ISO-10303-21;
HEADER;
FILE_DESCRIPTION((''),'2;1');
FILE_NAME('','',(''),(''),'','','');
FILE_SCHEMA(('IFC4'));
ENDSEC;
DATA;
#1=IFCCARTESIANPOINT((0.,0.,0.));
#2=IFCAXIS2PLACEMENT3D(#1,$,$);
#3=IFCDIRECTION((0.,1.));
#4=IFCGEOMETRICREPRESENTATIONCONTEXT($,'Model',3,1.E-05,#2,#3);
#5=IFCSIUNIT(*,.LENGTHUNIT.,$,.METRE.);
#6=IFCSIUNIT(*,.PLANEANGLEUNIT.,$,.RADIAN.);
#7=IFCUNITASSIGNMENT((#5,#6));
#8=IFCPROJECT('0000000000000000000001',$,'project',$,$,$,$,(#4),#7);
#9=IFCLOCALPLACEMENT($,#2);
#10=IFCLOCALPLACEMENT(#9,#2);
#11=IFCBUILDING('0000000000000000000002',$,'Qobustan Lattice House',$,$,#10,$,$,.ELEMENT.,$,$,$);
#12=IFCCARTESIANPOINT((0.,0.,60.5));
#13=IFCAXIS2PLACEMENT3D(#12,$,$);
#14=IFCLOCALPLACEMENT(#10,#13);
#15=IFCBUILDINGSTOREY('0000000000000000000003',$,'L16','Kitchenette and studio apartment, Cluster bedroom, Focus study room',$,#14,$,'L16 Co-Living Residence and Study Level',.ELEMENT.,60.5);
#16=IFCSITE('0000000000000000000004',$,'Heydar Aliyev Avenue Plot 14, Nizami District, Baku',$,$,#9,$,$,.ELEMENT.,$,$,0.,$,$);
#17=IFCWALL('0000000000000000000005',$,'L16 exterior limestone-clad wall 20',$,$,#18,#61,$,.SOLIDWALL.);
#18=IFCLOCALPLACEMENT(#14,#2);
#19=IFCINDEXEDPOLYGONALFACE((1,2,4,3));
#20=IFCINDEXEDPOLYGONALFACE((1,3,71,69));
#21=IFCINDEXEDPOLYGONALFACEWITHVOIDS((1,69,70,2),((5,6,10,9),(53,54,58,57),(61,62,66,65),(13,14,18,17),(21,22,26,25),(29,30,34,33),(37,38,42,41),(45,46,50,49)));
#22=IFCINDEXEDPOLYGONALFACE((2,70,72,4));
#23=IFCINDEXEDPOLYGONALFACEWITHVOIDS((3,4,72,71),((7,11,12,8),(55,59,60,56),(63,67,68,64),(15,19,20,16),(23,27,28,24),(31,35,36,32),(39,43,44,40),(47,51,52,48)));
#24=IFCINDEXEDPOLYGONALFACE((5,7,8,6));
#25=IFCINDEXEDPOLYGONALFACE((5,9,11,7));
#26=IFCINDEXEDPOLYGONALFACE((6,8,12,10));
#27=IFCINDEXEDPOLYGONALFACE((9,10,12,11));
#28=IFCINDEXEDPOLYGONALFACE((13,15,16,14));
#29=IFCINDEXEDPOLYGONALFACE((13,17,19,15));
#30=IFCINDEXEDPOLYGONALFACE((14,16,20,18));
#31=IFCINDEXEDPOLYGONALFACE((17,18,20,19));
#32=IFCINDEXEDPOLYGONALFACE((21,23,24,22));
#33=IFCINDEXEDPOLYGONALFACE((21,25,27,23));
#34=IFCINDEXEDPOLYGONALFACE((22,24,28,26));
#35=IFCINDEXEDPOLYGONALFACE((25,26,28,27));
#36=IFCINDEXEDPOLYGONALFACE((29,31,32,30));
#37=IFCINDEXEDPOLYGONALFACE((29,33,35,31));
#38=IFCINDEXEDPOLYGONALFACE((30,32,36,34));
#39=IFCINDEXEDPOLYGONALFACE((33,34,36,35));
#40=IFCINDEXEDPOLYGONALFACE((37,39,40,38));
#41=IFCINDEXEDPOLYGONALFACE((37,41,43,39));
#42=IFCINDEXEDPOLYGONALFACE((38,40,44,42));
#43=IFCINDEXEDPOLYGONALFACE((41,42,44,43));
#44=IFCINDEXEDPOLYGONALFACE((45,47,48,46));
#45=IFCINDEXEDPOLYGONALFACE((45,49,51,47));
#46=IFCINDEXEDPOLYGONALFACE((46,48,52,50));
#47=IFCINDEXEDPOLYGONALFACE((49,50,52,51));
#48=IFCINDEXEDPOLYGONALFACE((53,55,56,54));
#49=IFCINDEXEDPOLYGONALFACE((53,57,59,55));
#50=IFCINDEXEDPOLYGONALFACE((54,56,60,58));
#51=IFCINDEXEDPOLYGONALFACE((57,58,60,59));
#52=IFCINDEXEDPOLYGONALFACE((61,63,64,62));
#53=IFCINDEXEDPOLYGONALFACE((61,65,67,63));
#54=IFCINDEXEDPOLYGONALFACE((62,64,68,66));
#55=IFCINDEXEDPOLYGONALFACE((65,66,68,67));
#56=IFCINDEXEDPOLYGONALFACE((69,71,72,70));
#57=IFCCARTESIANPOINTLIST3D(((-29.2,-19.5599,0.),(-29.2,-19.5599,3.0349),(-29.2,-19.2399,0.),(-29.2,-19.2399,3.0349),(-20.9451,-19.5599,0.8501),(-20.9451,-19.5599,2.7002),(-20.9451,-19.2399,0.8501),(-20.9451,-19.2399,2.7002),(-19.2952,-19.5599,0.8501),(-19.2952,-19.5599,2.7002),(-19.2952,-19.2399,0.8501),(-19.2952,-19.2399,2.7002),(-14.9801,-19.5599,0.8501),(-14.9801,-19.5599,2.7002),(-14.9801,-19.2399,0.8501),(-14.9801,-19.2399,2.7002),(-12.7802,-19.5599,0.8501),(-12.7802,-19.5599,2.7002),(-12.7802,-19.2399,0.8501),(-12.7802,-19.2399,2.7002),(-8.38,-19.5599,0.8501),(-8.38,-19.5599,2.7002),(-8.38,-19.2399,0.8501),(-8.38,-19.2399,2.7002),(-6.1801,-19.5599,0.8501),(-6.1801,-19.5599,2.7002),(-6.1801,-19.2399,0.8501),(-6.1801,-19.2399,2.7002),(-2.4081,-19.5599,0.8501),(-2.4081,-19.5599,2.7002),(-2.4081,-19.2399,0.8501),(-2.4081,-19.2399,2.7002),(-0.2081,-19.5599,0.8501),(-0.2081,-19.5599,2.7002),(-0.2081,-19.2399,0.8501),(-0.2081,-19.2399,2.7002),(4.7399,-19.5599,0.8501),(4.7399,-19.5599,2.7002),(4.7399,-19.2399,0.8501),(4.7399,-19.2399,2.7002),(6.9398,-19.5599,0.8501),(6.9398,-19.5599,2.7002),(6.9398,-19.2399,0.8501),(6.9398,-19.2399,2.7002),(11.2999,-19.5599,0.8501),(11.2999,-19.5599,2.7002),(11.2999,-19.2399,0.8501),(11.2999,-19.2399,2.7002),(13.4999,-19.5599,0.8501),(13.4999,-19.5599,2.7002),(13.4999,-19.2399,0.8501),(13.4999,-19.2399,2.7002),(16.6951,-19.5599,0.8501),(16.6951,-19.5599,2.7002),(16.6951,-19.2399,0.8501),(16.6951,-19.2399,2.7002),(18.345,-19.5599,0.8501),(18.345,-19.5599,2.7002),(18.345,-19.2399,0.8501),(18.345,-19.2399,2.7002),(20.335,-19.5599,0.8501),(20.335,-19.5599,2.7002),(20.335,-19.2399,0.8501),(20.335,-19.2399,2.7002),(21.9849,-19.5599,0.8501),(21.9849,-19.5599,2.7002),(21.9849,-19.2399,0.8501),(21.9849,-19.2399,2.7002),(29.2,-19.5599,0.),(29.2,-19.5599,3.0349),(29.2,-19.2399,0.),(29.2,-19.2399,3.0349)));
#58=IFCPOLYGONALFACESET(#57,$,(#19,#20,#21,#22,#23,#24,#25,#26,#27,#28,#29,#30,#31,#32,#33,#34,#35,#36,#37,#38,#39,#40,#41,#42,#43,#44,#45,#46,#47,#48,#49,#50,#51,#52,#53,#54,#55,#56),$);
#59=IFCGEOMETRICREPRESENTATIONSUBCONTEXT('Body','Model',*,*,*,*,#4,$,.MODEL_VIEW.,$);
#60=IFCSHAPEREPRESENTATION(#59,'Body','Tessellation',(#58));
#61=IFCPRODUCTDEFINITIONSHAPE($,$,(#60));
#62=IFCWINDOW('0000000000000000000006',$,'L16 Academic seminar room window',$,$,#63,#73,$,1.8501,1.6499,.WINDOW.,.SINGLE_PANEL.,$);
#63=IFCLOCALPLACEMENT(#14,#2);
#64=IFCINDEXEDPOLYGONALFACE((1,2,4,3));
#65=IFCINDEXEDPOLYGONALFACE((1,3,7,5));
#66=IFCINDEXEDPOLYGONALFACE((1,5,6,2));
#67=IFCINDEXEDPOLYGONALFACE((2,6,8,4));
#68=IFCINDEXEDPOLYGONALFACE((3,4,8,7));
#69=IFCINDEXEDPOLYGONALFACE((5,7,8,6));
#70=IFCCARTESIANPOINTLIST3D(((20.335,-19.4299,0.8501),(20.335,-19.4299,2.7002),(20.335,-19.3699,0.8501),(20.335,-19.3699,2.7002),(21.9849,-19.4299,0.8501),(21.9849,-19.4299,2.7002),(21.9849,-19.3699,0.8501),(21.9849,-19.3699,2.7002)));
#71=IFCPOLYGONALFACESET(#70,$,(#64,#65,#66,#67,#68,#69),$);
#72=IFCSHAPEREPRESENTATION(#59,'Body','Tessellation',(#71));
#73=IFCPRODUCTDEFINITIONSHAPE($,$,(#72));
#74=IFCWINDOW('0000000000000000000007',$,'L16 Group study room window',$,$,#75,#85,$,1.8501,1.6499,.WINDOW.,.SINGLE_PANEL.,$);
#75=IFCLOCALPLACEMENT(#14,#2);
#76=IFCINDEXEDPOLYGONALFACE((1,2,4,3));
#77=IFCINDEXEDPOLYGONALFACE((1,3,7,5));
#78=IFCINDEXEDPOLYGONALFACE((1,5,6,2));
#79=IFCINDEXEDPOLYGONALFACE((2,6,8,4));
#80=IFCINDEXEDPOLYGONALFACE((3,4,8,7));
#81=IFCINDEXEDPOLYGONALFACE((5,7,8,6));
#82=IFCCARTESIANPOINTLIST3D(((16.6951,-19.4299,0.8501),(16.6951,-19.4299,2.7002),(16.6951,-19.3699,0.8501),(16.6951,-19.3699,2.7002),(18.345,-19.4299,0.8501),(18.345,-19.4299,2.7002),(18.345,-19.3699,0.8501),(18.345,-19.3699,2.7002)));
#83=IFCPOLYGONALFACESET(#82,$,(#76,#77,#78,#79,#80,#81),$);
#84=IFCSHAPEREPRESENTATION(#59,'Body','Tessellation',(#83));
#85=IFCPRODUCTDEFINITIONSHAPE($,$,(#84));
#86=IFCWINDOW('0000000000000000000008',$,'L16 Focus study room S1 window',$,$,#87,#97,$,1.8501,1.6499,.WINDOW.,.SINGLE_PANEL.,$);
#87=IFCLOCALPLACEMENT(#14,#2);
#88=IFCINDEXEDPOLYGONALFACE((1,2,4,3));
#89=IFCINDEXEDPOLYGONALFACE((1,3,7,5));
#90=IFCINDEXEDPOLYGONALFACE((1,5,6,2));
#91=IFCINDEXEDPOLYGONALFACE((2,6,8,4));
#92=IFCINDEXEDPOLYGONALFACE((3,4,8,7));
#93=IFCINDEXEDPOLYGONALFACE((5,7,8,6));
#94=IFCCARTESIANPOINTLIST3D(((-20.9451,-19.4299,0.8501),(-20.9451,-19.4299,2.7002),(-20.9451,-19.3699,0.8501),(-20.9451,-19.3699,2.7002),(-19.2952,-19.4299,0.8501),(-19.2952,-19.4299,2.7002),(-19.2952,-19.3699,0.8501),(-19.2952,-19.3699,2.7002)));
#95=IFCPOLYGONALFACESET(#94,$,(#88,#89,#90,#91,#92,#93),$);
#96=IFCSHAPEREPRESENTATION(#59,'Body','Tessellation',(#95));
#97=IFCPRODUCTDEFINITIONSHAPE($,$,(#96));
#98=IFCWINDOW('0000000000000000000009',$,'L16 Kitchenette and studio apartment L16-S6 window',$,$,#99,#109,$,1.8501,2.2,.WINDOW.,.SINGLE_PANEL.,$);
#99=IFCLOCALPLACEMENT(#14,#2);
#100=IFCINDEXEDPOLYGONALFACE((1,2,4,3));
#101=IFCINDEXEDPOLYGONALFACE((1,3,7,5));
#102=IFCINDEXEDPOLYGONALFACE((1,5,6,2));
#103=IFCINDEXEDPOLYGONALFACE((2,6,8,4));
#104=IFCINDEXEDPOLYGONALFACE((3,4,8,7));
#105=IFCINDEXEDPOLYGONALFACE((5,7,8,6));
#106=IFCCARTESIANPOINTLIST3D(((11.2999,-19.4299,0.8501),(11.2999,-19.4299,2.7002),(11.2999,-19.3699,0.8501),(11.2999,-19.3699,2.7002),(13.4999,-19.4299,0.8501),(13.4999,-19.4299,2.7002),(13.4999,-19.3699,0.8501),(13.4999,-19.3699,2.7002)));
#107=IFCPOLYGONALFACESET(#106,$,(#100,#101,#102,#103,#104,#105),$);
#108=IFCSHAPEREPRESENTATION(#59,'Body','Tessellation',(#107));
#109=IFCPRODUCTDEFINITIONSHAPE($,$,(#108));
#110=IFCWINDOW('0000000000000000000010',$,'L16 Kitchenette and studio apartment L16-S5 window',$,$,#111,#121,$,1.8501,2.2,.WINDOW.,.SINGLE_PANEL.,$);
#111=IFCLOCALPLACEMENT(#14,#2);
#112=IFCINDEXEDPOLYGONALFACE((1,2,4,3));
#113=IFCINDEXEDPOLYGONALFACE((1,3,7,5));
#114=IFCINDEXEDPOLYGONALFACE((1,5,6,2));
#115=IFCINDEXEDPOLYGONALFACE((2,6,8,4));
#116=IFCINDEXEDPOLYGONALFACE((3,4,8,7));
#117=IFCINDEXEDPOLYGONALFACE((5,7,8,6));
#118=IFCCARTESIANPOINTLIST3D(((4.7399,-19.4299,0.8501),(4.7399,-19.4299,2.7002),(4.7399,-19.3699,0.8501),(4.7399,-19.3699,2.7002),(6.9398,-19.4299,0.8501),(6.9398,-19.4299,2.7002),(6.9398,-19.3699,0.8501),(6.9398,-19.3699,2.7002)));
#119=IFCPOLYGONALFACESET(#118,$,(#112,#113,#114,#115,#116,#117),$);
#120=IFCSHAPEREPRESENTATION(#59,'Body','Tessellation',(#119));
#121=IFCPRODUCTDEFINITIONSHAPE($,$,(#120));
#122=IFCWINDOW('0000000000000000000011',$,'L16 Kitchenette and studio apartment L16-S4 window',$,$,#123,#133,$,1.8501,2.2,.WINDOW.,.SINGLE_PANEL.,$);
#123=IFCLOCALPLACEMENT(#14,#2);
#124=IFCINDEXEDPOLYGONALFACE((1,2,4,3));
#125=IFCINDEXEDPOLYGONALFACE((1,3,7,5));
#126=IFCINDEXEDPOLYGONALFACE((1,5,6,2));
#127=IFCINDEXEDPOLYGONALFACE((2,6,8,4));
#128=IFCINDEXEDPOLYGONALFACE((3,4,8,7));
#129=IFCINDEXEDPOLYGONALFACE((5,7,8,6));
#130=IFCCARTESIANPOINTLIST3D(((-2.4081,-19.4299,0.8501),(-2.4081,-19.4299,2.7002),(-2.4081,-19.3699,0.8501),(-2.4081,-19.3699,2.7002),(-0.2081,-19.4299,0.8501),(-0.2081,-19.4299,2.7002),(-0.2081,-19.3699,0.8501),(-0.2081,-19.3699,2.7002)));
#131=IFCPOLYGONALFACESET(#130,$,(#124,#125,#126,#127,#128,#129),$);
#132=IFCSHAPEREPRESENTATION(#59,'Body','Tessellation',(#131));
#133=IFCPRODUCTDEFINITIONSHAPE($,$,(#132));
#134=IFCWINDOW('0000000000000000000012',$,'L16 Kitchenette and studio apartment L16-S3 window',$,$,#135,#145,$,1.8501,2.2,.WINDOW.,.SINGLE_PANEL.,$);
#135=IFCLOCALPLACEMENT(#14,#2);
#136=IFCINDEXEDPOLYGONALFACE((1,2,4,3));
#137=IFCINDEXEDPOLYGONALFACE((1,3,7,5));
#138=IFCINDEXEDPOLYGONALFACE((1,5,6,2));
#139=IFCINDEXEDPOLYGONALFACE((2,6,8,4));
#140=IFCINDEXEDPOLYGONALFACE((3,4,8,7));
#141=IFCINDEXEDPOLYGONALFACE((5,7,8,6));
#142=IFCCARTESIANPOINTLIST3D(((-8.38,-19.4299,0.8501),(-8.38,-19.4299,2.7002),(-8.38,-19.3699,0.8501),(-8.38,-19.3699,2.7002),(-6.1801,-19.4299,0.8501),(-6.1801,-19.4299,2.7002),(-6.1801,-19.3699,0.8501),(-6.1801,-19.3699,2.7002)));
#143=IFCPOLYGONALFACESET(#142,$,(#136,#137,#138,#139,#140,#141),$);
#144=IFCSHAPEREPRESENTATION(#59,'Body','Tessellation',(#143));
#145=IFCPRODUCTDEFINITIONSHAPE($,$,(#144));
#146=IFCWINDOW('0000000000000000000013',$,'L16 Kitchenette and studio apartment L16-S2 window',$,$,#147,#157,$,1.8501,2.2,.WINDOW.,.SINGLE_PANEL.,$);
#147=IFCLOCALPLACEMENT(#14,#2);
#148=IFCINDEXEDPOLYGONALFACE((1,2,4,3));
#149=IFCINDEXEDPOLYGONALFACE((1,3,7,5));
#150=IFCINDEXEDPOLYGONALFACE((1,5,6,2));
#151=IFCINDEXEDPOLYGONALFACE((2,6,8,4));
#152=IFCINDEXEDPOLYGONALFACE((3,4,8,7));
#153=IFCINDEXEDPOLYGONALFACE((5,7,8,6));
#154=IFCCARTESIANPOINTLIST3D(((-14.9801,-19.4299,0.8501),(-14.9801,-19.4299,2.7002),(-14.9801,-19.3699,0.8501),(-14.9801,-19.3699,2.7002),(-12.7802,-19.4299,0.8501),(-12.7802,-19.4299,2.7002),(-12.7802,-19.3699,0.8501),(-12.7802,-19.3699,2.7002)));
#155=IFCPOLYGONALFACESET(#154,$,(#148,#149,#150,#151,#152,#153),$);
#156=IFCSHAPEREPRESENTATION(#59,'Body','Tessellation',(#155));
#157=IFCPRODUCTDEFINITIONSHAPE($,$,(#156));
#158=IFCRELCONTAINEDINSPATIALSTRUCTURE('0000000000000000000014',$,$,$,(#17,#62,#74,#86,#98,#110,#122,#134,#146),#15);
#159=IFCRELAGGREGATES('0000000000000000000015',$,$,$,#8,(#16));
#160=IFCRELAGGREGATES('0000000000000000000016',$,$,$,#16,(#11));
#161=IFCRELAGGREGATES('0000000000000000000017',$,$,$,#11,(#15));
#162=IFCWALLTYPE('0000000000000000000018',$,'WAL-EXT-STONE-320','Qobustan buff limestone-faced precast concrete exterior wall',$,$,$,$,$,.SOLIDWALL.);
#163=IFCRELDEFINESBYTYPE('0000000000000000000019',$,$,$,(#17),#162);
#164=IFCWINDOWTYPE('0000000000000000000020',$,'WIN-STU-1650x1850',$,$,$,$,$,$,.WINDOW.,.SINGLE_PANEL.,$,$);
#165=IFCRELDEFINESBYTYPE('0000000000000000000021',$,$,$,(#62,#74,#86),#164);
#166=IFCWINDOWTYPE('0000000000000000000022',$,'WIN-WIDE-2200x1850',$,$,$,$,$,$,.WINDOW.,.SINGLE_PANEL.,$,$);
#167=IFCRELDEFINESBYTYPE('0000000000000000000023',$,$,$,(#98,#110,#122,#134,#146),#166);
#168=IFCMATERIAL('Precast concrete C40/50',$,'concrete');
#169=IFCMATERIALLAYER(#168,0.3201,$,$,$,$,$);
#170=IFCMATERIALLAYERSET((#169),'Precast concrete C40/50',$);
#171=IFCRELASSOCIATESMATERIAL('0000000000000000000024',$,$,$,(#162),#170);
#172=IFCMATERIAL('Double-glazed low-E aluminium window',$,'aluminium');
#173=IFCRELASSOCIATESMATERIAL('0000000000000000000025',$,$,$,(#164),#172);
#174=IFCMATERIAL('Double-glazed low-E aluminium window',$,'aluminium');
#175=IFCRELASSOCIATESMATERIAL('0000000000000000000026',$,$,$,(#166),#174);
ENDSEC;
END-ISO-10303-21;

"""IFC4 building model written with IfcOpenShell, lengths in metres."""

from ifc_helpers import new_model, si_unit, direction, frame, frame_2d, origin, place, context, subcontext, project, spatial, rectangle, extrude, material, layer, layer_set, type_object, element, fill, save


model = new_model("IFC4")

# Units and contexts
model_context = context("Model", 3, precision=1e-05, world=origin(), true_north=direction((0.0, 1.0)))
body_context = subcontext(model_context, "Body", "Model", "MODEL_VIEW")
ifc_project = project(units=[si_unit("LENGTHUNIT", "METRE"), si_unit("PLANEANGLEUNIT", "RADIAN")], contexts=[model_context])

# Site, building, storey
site_placement = place(None, origin())
site = spatial("IfcSite", under=ifc_project, at=site_placement, Name="Heydar Aliyev Avenue Plot 14, Nizami District, Baku", CompositionType="ELEMENT", RefElevation=0.0)
building_placement = place(site_placement, origin())
building = spatial("IfcBuilding", under=site, at=building_placement, Name="Qobustan Lattice House", CompositionType="ELEMENT")
storey_placement = place(building_placement, frame((0.0, 0.0, 60.5)))
storey = spatial("IfcBuildingStorey", under=building, at=storey_placement, Name="L16", Description="Kitchenette and studio apartment, Cluster bedroom, Focus study room", LongName="L16 Co-Living Residence and Study Level", CompositionType="ELEMENT", Elevation=60.5)

# Shared definitions
ifc_material_1 = material(Name="Precast concrete C40/50", Category="concrete")
ifc_layer_1 = layer(ifc_material_1, 0.3201)
ifc_layer_set_1 = layer_set([ifc_layer_1], Name="Precast concrete C40/50")
wall_type = type_object("IfcWallType", Name="WAL-EXT-STONE-320", Description="Qobustan buff limestone-faced precast concrete exterior wall", PredefinedType="SOLIDWALL", material=ifc_layer_set_1)

# Wall, openings, windows
wall_1_placement = place(storey_placement, frame((29.2, -19.3999, 0.0), z_axis=(0.0, 0.0, 1.0), x_axis=(-1.0, 0.0, 0.0)))
wall_1 = element("IfcWall", 1, at=wall_1_placement, inside=storey, type_object=wall_type, Name="L16 exterior limestone-clad wall 20", PredefinedType="SOLIDWALL", context=body_context, shape_type="SweptSolid", body=[
    extrude(rectangle(XDim=58.3999, YDim=0.3201, at=frame_2d((29.2, 0.0))), origin(), (0.0, 0.0, 1.0), 3.0349),
])
opening_1_placement = place(wall_1_placement, frame((7.2151, 0.0, 0.8501)))
opening_1 = element("IfcOpeningElement", 2, at=opening_1_placement, cuts=wall_1, PredefinedType="OPENING", context=body_context, shape_type="SweptSolid", body=[
    extrude(rectangle(XDim=1.6499, YDim=1.8501, at=frame_2d((0.825, 0.925))), frame((0.0, 0.1699, 0.0), z_axis=(0.0, -1.0, 0.0), x_axis=(1.0, 0.0, 0.0)), (0.0, 0.0, 1.0), 0.3401),
])
opening_2_placement = place(wall_1_placement, frame((10.855, 0.0, 0.8501)))
opening_2 = element("IfcOpeningElement", 3, at=opening_2_placement, cuts=wall_1, PredefinedType="OPENING", context=body_context, shape_type="SweptSolid", body=[
    extrude(rectangle(XDim=1.6499, YDim=1.8501, at=frame_2d((0.825, 0.925))), frame((0.0, 0.1699, 0.0), z_axis=(0.0, -1.0, 0.0), x_axis=(1.0, 0.0, 0.0)), (0.0, 0.0, 1.0), 0.3401),
])
opening_3_placement = place(wall_1_placement, frame((15.7, 0.0, 0.8501)))
opening_3 = element("IfcOpeningElement", 4, at=opening_3_placement, cuts=wall_1, PredefinedType="OPENING", context=body_context, shape_type="SweptSolid", body=[
    extrude(rectangle(XDim=2.2, YDim=1.8501, at=frame_2d((1.1001, 0.925))), frame((0.0, 0.1699, 0.0), z_axis=(0.0, -1.0, 0.0), x_axis=(1.0, 0.0, 0.0)), (0.0, 0.0, 1.0), 0.3401),
])
opening_4_placement = place(wall_1_placement, frame((22.26, 0.0, 0.8501)))
opening_4 = element("IfcOpeningElement", 5, at=opening_4_placement, cuts=wall_1, PredefinedType="OPENING", context=body_context, shape_type="SweptSolid", body=[
    extrude(rectangle(XDim=2.2, YDim=1.8501, at=frame_2d((1.1001, 0.925))), frame((0.0, 0.1699, 0.0), z_axis=(0.0, -1.0, 0.0), x_axis=(1.0, 0.0, 0.0)), (0.0, 0.0, 1.0), 0.3401),
])
opening_5_placement = place(wall_1_placement, frame((29.408, 0.0, 0.8501)))
opening_5 = element("IfcOpeningElement", 6, at=opening_5_placement, cuts=wall_1, PredefinedType="OPENING", context=body_context, shape_type="SweptSolid", body=[
    extrude(rectangle(XDim=2.2, YDim=1.8501, at=frame_2d((1.1001, 0.925))), frame((0.0, 0.1699, 0.0), z_axis=(0.0, -1.0, 0.0), x_axis=(1.0, 0.0, 0.0)), (0.0, 0.0, 1.0), 0.3401),
])
opening_6_placement = place(wall_1_placement, frame((35.3799, 0.0, 0.8501)))
opening_6 = element("IfcOpeningElement", 7, at=opening_6_placement, cuts=wall_1, PredefinedType="OPENING", context=body_context, shape_type="SweptSolid", body=[
    extrude(rectangle(XDim=2.2, YDim=1.8501, at=frame_2d((1.1001, 0.925))), frame((0.0, 0.1699, 0.0), z_axis=(0.0, -1.0, 0.0), x_axis=(1.0, 0.0, 0.0)), (0.0, 0.0, 1.0), 0.3401),
])
opening_7_placement = place(wall_1_placement, frame((41.98, 0.0, 0.8501)))
opening_7 = element("IfcOpeningElement", 8, at=opening_7_placement, cuts=wall_1, PredefinedType="OPENING", context=body_context, shape_type="SweptSolid", body=[
    extrude(rectangle(XDim=2.2, YDim=1.8501, at=frame_2d((1.1001, 0.925))), frame((0.0, 0.1699, 0.0), z_axis=(0.0, -1.0, 0.0), x_axis=(1.0, 0.0, 0.0)), (0.0, 0.0, 1.0), 0.3401),
])
opening_8_placement = place(wall_1_placement, frame((48.4951, 0.0, 0.8501)))
opening_8 = element("IfcOpeningElement", 9, at=opening_8_placement, cuts=wall_1, PredefinedType="OPENING", context=body_context, shape_type="SweptSolid", body=[
    extrude(rectangle(XDim=1.6499, YDim=1.8501, at=frame_2d((0.825, 0.925))), frame((0.0, 0.1699, 0.0), z_axis=(0.0, -1.0, 0.0), x_axis=(1.0, 0.0, 0.0)), (0.0, 0.0, 1.0), 0.3401),
])
ifc_material_2 = material(Name="Double-glazed low-E aluminium window", Category="aluminium")
window_type_1 = type_object("IfcWindowType", Name="WIN-STU-1650x1850", PartitioningType="SINGLE_PANEL", PredefinedType="WINDOW", material=ifc_material_2)
window_1_placement = place(opening_1_placement, origin())
window_1 = element("IfcWindow", 10, at=window_1_placement, inside=storey, type_object=window_type_1, Name="L16 Academic seminar room window", OverallHeight=1.8501, OverallWidth=1.6499, PartitioningType="SINGLE_PANEL", PredefinedType="WINDOW", context=body_context, shape_type="SweptSolid", body=[
    extrude(rectangle(XDim=1.6499, YDim=1.8501, at=frame_2d((0.825, 0.925))), frame((0.0, 0.03, 0.0), z_axis=(0.0, -1.0, 0.0), x_axis=(1.0, 0.0, 0.0)), (0.0, 0.0, 1.0), 0.0601),
])
fill(opening_1, window_1)
window_2_placement = place(opening_2_placement, origin())
window_2 = element("IfcWindow", 11, at=window_2_placement, inside=storey, type_object=window_type_1, Name="L16 Group study room window", OverallHeight=1.8501, OverallWidth=1.6499, PartitioningType="SINGLE_PANEL", PredefinedType="WINDOW", context=body_context, shape_type="SweptSolid", body=[
    extrude(rectangle(XDim=1.6499, YDim=1.8501, at=frame_2d((0.825, 0.925))), frame((0.0, 0.03, 0.0), z_axis=(0.0, -1.0, 0.0), x_axis=(1.0, 0.0, 0.0)), (0.0, 0.0, 1.0), 0.0601),
])
fill(opening_2, window_2)
window_3_placement = place(opening_8_placement, origin())
window_3 = element("IfcWindow", 12, at=window_3_placement, inside=storey, type_object=window_type_1, Name="L16 Focus study room S1 window", OverallHeight=1.8501, OverallWidth=1.6499, PartitioningType="SINGLE_PANEL", PredefinedType="WINDOW", context=body_context, shape_type="SweptSolid", body=[
    extrude(rectangle(XDim=1.6499, YDim=1.8501, at=frame_2d((0.825, 0.925))), frame((0.0, 0.03, 0.0), z_axis=(0.0, -1.0, 0.0), x_axis=(1.0, 0.0, 0.0)), (0.0, 0.0, 1.0), 0.0601),
])
fill(opening_8, window_3)
ifc_material_3 = material(Name="Double-glazed low-E aluminium window", Category="aluminium")
window_type_2 = type_object("IfcWindowType", Name="WIN-WIDE-2200x1850", PartitioningType="SINGLE_PANEL", PredefinedType="WINDOW", material=ifc_material_3)
window_4_placement = place(opening_3_placement, origin())
window_4 = element("IfcWindow", 13, at=window_4_placement, inside=storey, type_object=window_type_2, Name="L16 Kitchenette and studio apartment L16-S6 window", OverallHeight=1.8501, OverallWidth=2.2, PartitioningType="SINGLE_PANEL", PredefinedType="WINDOW", context=body_context, shape_type="SweptSolid", body=[
    extrude(rectangle(XDim=2.2, YDim=1.8501, at=frame_2d((1.1001, 0.925))), frame((0.0, 0.03, 0.0), z_axis=(0.0, -1.0, 0.0), x_axis=(1.0, 0.0, 0.0)), (0.0, 0.0, 1.0), 0.0601),
])
fill(opening_3, window_4)
window_5_placement = place(opening_4_placement, origin())
window_5 = element("IfcWindow", 14, at=window_5_placement, inside=storey, type_object=window_type_2, Name="L16 Kitchenette and studio apartment L16-S5 window", OverallHeight=1.8501, OverallWidth=2.2, PartitioningType="SINGLE_PANEL", PredefinedType="WINDOW", context=body_context, shape_type="SweptSolid", body=[
    extrude(rectangle(XDim=2.2, YDim=1.8501, at=frame_2d((1.1001, 0.925))), frame((0.0, 0.03, 0.0), z_axis=(0.0, -1.0, 0.0), x_axis=(1.0, 0.0, 0.0)), (0.0, 0.0, 1.0), 0.0601),
])
fill(opening_4, window_5)
window_6_placement = place(opening_5_placement, origin())
window_6 = element("IfcWindow", 15, at=window_6_placement, inside=storey, type_object=window_type_2, Name="L16 Kitchenette and studio apartment L16-S4 window", OverallHeight=1.8501, OverallWidth=2.2, PartitioningType="SINGLE_PANEL", PredefinedType="WINDOW", context=body_context, shape_type="SweptSolid", body=[
    extrude(rectangle(XDim=2.2, YDim=1.8501, at=frame_2d((1.1001, 0.925))), frame((0.0, 0.03, 0.0), z_axis=(0.0, -1.0, 0.0), x_axis=(1.0, 0.0, 0.0)), (0.0, 0.0, 1.0), 0.0601),
])
fill(opening_5, window_6)
window_7_placement = place(opening_6_placement, origin())
window_7 = element("IfcWindow", 16, at=window_7_placement, inside=storey, type_object=window_type_2, Name="L16 Kitchenette and studio apartment L16-S3 window", OverallHeight=1.8501, OverallWidth=2.2, PartitioningType="SINGLE_PANEL", PredefinedType="WINDOW", context=body_context, shape_type="SweptSolid", body=[
    extrude(rectangle(XDim=2.2, YDim=1.8501, at=frame_2d((1.1001, 0.925))), frame((0.0, 0.03, 0.0), z_axis=(0.0, -1.0, 0.0), x_axis=(1.0, 0.0, 0.0)), (0.0, 0.0, 1.0), 0.0601),
])
fill(opening_6, window_7)
window_8_placement = place(opening_7_placement, origin())
window_8 = element("IfcWindow", 17, at=window_8_placement, inside=storey, type_object=window_type_2, Name="L16 Kitchenette and studio apartment L16-S2 window", OverallHeight=1.8501, OverallWidth=2.2, PartitioningType="SINGLE_PANEL", PredefinedType="WINDOW", context=body_context, shape_type="SweptSolid", body=[
    extrude(rectangle(XDim=2.2, YDim=1.8501, at=frame_2d((1.1001, 0.925))), frame((0.0, 0.03, 0.0), z_axis=(0.0, -1.0, 0.0), x_axis=(1.0, 0.0, 0.0)), (0.0, 0.0, 1.0), 0.0601),
])
fill(opening_7, window_8)

save(model, "model.ifc")
